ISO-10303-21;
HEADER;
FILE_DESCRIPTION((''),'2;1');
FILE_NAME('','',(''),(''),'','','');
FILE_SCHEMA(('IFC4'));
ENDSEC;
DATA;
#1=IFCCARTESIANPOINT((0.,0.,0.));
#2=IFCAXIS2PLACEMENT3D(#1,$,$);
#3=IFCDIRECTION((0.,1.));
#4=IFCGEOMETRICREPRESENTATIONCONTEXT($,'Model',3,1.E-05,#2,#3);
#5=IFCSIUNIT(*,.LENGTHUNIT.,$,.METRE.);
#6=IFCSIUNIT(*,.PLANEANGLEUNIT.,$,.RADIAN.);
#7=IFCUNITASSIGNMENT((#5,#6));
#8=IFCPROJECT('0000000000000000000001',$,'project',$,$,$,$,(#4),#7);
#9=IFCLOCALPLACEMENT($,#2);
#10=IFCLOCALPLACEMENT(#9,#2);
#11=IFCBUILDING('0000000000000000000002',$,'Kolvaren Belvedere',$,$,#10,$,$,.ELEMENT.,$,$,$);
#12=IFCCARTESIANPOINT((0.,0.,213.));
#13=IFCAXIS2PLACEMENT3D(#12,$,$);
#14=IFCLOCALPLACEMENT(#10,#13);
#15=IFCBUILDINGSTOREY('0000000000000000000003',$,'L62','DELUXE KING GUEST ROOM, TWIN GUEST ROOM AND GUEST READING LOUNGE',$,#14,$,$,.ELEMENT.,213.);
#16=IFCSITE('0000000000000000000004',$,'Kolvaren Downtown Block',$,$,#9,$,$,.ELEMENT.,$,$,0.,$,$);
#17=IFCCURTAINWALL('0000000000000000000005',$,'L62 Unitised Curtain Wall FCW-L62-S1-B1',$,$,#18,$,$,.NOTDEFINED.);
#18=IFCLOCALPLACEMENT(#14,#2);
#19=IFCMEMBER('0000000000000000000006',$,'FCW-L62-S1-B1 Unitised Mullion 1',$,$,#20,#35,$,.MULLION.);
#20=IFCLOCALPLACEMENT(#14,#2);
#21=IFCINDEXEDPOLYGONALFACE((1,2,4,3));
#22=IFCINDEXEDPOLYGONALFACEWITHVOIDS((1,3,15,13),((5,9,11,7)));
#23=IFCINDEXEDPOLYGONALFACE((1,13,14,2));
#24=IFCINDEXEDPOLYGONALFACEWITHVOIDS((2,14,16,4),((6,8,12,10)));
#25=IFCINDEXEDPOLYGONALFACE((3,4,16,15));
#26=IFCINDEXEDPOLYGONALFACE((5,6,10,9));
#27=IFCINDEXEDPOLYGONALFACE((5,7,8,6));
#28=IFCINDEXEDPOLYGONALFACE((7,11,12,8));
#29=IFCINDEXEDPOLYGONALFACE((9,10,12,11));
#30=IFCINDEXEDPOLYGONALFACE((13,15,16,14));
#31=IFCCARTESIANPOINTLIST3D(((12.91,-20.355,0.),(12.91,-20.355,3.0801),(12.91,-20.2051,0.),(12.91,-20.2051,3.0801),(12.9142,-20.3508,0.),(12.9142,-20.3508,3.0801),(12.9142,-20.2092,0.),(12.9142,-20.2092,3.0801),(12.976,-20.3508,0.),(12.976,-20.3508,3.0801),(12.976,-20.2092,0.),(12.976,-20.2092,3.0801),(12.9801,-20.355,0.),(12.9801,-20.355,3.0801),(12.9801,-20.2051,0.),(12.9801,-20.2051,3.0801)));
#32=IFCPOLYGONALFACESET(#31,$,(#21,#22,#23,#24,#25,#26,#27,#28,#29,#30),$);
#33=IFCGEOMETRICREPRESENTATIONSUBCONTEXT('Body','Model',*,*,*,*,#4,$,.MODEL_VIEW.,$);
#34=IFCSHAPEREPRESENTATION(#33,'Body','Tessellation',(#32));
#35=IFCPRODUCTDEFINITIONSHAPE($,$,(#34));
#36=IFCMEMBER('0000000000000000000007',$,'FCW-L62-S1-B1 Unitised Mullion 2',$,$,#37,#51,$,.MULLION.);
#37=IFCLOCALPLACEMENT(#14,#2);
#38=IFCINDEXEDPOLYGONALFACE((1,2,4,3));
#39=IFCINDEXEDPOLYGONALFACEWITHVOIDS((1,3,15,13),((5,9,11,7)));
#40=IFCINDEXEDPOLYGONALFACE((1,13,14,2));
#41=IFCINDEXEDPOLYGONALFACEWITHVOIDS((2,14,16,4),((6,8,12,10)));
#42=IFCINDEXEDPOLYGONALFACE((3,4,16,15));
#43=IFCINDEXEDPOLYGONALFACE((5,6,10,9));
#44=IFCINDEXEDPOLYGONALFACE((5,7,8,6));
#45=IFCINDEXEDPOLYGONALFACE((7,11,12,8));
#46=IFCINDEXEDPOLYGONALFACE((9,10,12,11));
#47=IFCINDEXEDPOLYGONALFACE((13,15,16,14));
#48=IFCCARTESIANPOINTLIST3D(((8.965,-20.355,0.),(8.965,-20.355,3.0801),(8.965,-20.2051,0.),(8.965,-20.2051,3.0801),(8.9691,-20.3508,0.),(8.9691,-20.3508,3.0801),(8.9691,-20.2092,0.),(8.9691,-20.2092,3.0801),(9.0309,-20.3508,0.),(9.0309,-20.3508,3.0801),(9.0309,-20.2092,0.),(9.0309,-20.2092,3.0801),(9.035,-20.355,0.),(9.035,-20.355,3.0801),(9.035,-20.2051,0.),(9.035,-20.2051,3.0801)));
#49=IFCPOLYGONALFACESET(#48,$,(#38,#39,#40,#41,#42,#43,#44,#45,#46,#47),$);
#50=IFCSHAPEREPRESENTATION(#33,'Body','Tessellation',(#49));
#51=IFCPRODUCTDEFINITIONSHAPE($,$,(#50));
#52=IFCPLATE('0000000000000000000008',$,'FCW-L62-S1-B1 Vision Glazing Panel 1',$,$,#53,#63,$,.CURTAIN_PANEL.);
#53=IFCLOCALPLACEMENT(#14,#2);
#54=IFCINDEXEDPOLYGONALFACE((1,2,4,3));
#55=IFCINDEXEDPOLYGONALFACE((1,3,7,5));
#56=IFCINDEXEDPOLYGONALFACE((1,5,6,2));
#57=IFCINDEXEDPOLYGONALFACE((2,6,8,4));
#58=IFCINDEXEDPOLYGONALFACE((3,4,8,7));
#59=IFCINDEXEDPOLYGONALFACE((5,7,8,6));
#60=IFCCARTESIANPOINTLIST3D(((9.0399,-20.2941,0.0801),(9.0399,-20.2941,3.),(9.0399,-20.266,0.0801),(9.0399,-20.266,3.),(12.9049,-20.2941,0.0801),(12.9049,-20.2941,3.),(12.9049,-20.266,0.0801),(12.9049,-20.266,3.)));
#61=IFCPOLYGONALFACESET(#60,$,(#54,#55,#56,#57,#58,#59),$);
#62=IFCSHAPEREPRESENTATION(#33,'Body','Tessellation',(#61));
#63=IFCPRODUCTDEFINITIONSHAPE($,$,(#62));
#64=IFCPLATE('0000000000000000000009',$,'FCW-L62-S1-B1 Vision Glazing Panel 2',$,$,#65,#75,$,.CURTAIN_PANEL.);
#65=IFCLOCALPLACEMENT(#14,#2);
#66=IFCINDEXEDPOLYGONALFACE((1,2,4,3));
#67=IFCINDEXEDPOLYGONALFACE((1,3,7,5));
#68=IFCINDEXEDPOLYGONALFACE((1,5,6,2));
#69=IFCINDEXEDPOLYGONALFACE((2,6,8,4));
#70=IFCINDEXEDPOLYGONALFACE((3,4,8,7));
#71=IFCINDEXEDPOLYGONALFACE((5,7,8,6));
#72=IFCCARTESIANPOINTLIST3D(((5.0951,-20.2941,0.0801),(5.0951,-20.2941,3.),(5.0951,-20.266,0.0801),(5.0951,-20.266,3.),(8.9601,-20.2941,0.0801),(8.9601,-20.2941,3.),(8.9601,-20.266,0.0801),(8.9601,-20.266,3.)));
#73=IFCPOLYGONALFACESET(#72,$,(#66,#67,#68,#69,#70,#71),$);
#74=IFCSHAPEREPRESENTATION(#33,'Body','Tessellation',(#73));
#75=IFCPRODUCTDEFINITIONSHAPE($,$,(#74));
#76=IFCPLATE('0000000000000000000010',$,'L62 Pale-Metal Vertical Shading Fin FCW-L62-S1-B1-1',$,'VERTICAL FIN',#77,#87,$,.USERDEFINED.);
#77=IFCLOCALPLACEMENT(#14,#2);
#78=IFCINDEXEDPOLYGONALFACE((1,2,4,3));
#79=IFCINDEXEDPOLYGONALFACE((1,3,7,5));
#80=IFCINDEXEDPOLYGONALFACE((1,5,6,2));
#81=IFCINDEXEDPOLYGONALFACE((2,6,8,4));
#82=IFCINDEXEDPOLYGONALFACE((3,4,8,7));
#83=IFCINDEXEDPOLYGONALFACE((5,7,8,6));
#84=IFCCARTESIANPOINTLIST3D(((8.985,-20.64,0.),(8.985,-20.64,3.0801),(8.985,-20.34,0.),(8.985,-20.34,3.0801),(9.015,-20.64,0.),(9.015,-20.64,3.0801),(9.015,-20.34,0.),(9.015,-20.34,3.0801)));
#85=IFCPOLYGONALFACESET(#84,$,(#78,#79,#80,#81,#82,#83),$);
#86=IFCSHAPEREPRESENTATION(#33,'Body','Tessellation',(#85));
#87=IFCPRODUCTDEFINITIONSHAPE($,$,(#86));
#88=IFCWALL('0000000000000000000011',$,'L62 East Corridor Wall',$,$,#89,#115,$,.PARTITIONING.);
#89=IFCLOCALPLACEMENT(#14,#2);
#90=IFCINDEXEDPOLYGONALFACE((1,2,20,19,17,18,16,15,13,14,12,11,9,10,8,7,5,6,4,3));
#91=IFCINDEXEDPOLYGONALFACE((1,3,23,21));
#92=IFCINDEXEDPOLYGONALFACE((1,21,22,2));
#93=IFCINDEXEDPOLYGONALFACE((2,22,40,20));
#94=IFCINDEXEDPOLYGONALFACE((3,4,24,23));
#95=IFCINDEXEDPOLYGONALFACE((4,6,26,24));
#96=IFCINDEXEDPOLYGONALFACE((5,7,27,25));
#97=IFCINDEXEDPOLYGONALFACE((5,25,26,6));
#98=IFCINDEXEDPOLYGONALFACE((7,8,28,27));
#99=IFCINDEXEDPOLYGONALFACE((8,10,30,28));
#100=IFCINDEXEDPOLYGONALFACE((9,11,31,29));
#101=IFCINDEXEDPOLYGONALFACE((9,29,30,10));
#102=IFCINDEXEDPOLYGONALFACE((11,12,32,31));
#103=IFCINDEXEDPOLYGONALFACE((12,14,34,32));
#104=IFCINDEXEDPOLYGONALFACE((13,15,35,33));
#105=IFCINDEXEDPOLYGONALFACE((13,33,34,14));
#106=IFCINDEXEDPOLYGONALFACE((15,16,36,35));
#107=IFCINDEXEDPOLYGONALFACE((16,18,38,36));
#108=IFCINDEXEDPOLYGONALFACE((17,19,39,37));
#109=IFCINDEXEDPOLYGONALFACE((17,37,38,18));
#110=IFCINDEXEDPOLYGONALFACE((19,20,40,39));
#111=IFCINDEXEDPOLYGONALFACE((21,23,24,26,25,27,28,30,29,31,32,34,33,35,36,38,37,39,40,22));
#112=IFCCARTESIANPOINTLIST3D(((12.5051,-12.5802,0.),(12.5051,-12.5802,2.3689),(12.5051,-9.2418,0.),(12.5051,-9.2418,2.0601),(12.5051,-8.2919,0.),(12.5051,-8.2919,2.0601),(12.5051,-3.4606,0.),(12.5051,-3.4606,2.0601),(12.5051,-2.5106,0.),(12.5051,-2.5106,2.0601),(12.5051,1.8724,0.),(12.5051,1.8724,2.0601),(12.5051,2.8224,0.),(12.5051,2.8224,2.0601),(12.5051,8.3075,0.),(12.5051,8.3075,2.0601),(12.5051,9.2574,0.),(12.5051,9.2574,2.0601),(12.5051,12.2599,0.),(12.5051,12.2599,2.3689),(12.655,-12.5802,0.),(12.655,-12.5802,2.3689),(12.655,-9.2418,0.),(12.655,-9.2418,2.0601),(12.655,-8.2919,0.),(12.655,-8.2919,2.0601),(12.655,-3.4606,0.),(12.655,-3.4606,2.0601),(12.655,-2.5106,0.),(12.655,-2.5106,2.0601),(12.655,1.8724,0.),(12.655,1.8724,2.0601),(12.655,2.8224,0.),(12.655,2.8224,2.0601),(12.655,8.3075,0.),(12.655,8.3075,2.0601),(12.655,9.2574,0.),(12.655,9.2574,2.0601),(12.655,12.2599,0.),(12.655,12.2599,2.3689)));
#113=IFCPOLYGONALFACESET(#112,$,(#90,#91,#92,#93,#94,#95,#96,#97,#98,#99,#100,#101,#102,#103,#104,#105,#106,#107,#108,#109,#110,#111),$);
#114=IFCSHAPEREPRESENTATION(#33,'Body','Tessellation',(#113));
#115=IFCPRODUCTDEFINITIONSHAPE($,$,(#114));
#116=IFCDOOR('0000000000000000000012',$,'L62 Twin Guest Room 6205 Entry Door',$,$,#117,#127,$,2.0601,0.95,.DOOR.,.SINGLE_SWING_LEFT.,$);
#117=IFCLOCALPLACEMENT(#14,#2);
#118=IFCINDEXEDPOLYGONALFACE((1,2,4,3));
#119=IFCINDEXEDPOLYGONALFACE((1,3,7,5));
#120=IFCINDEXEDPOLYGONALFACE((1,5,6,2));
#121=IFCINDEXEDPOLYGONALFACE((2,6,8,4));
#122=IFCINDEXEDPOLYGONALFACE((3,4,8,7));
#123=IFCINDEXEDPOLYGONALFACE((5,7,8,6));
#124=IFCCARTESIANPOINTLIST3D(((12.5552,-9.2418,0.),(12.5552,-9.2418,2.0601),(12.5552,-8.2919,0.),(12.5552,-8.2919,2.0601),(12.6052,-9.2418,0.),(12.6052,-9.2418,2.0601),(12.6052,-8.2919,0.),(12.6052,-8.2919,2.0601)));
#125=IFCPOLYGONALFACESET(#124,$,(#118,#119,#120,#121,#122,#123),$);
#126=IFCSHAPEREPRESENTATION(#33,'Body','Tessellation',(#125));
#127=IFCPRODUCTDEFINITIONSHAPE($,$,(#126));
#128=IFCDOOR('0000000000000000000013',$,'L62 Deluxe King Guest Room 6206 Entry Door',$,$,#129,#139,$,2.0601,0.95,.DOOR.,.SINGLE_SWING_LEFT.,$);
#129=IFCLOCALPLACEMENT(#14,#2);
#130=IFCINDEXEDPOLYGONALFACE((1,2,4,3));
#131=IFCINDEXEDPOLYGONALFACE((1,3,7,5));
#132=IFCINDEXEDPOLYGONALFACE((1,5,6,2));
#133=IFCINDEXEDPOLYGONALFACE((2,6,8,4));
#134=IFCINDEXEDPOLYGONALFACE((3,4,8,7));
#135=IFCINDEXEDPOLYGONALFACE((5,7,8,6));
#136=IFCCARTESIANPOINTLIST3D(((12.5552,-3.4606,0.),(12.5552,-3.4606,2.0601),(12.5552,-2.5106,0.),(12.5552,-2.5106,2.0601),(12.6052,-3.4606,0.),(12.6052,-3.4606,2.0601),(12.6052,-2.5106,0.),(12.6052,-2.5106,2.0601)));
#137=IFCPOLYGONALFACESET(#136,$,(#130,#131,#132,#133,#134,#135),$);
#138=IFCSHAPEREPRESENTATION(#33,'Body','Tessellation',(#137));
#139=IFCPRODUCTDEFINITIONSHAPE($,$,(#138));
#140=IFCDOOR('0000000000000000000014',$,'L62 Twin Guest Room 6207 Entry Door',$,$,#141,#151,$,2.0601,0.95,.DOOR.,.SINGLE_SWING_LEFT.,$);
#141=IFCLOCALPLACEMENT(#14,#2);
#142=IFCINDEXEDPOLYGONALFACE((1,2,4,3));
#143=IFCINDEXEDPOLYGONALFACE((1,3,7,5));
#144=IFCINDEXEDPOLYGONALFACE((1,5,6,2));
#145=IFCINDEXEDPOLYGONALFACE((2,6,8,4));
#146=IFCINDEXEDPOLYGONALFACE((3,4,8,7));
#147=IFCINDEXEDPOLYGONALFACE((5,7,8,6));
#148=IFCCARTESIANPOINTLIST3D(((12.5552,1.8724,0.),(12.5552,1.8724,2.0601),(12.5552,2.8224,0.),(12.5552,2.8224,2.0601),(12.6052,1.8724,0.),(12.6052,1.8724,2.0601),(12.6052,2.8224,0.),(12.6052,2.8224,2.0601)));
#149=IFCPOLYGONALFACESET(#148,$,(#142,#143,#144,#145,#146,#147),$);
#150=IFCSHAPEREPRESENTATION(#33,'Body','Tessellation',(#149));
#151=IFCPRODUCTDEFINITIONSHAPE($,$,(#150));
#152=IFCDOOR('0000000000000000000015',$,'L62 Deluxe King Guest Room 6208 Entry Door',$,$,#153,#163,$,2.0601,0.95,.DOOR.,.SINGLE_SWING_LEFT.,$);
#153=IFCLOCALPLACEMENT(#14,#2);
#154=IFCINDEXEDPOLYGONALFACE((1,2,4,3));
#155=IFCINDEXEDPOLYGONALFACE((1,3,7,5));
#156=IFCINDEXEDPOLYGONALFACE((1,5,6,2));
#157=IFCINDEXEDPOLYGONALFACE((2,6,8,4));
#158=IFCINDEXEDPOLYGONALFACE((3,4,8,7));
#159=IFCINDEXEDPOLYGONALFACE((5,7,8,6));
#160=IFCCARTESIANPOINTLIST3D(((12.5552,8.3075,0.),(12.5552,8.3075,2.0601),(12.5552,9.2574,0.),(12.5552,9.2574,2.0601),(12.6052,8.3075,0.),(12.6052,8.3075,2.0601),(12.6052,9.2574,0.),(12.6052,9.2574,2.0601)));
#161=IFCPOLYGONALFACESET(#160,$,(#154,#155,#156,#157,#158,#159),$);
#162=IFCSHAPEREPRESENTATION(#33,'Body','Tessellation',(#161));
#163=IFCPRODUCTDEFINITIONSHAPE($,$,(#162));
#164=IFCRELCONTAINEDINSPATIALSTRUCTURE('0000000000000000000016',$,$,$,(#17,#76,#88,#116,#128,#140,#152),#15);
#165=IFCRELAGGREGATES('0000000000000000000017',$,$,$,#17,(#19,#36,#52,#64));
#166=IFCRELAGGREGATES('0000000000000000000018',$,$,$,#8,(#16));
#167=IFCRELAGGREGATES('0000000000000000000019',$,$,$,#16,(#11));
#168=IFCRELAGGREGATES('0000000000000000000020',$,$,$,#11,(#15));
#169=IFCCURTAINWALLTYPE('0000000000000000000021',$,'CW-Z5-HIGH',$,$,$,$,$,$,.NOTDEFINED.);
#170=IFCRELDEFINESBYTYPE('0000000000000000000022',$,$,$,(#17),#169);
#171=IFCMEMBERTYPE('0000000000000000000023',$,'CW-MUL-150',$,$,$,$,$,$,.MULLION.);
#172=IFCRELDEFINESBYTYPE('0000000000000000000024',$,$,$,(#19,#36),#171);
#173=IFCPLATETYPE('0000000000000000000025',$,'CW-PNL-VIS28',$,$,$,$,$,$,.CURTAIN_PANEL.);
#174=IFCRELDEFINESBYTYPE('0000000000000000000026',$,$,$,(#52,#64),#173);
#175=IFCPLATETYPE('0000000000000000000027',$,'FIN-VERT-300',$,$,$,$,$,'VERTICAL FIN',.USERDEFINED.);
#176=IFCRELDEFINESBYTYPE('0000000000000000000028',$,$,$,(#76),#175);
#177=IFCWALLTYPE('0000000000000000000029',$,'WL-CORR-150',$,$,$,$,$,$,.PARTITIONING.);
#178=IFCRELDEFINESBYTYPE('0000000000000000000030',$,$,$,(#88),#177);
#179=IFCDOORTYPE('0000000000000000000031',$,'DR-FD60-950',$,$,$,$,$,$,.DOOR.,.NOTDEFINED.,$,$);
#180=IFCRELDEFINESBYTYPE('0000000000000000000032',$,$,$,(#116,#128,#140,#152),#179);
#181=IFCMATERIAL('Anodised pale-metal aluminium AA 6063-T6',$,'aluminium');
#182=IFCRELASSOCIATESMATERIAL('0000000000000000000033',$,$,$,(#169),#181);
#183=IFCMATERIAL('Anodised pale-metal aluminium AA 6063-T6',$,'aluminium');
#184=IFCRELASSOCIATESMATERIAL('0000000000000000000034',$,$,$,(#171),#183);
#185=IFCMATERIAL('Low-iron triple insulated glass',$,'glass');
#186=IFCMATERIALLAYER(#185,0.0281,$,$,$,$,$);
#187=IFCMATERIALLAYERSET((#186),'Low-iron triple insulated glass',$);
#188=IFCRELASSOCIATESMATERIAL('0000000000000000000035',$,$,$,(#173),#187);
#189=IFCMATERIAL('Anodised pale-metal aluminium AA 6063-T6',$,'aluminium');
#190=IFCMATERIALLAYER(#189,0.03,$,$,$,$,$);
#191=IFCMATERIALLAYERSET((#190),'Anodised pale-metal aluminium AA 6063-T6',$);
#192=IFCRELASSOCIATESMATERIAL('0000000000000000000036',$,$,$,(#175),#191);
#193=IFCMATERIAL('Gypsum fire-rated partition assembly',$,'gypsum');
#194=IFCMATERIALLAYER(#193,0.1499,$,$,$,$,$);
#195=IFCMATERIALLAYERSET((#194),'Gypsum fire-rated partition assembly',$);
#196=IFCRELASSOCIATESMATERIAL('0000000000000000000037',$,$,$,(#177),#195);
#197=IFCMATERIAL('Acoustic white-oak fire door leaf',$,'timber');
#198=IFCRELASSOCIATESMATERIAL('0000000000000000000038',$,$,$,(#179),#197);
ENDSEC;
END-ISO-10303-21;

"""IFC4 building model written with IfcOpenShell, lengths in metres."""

from ifc_helpers import new_model, si_unit, direction, frame, frame_2d, origin, origin_2d, place, context, subcontext, project, spatial, rectangle, hollow_rectangle, extrude, material, layer, layer_set, material_profile, profile_set, type_object, element, fill, aggregate, save


model = new_model("IFC4")

# Units and contexts
model_context = context("Model", 3, precision=1e-05, world=origin(), true_north=direction((0.0, 1.0)))
body_context = subcontext(model_context, "Body", "Model", "MODEL_VIEW")
ifc_project = project(units=[si_unit("LENGTHUNIT", "METRE"), si_unit("PLANEANGLEUNIT", "RADIAN")], contexts=[model_context])

# Site, building, storey
site_placement = place(None, origin())
site = spatial("IfcSite", under=ifc_project, at=site_placement, Name="Kolvaren Downtown Block", CompositionType="ELEMENT", RefElevation=0.0)
building_placement = place(site_placement, origin())
building = spatial("IfcBuilding", under=site, at=building_placement, Name="Kolvaren Belvedere", CompositionType="ELEMENT")
storey_placement = place(building_placement, frame((0.0, 0.0, 213.0)))
storey = spatial("IfcBuildingStorey", under=building, at=storey_placement, Name="L62", Description="DELUXE KING GUEST ROOM, TWIN GUEST ROOM AND GUEST READING LOUNGE", CompositionType="ELEMENT", Elevation=213.0)

# Curtain wall, members, plates
ifc_material_1 = material(Name="Anodised pale-metal aluminium AA 6063-T6", Category="aluminium")
curtain_wall_type = type_object("IfcCurtainWallType", Name="CW-Z5-HIGH", PredefinedType="NOTDEFINED", material=ifc_material_1)
curtain_wall_placement = place(storey_placement, origin())
curtain_wall = element("IfcCurtainWall", 1, at=curtain_wall_placement, inside=storey, type_object=curtain_wall_type, Name="L62 Unitised Curtain Wall FCW-L62-S1-B1", PredefinedType="NOTDEFINED")
ifc_material_2 = material(Name="Anodised pale-metal aluminium AA 6063-T6", Category="aluminium")
ifc_material_profile = material_profile(ifc_material_2, hollow_rectangle(XDim=0.0701, YDim=0.1499, WallThickness=0.0042, at=origin_2d()), Name="ALU-MUL-150X70")
ifc_profile_set = profile_set([ifc_material_profile], Name="Anodised pale-metal aluminium AA 6063-T6")
member_type = type_object("IfcMemberType", Name="CW-MUL-150", PredefinedType="MULLION", material=ifc_profile_set)
member_1_placement = place(storey_placement, frame((12.9451, -20.28, 0.0), z_axis=(0.0, 0.0, 1.0), x_axis=(1.0, 0.0, 0.0)))
member_1 = element("IfcMember", 2, at=member_1_placement, type_object=member_type, Name="FCW-L62-S1-B1 Unitised Mullion 1", PredefinedType="MULLION", context=body_context, shape_type="SweptSolid", body=[
    extrude(hollow_rectangle(XDim=0.0701, YDim=0.1499, WallThickness=0.0042, at=origin_2d()), origin(), (0.0, 0.0, 1.0), 3.0801),
])
member_2_placement = place(storey_placement, frame((9.0, -20.28, 0.0), z_axis=(0.0, 0.0, 1.0), x_axis=(1.0, 0.0, 0.0)))
member_2 = element("IfcMember", 3, at=member_2_placement, type_object=member_type, Name="FCW-L62-S1-B1 Unitised Mullion 2", PredefinedType="MULLION", context=body_context, shape_type="SweptSolid", body=[
    extrude(hollow_rectangle(XDim=0.0701, YDim=0.1499, WallThickness=0.0042, at=origin_2d()), origin(), (0.0, 0.0, 1.0), 3.0801),
])
ifc_material_3 = material(Name="Low-iron triple insulated glass", Category="glass")
ifc_layer_1 = layer(ifc_material_3, 0.0281)
ifc_layer_set_1 = layer_set([ifc_layer_1], Name="Low-iron triple insulated glass")
plate_type_1 = type_object("IfcPlateType", Name="CW-PNL-VIS28", PredefinedType="CURTAIN_PANEL", material=ifc_layer_set_1)
plate_1_placement = place(storey_placement, frame((10.9724, -20.28, 0.0801), z_axis=(0.0, 0.0, 1.0), x_axis=(-1.0, 0.0, 0.0)))
plate_1 = element("IfcPlate", 4, at=plate_1_placement, type_object=plate_type_1, Name="FCW-L62-S1-B1 Vision Glazing Panel 1", PredefinedType="CURTAIN_PANEL", context=body_context, shape_type="SweptSolid", body=[
    extrude(rectangle(XDim=3.865, YDim=0.0281, at=origin_2d()), origin(), (0.0, 0.0, 1.0), 2.9199),
])
plate_2_placement = place(storey_placement, frame((7.0276, -20.28, 0.0801), z_axis=(0.0, 0.0, 1.0), x_axis=(-1.0, 0.0, 0.0)))
plate_2 = element("IfcPlate", 5, at=plate_2_placement, type_object=plate_type_1, Name="FCW-L62-S1-B1 Vision Glazing Panel 2", PredefinedType="CURTAIN_PANEL", context=body_context, shape_type="SweptSolid", body=[
    extrude(rectangle(XDim=3.865, YDim=0.0281, at=origin_2d()), origin(), (0.0, 0.0, 1.0), 2.9199),
])
aggregate(curtain_wall, [member_1, member_2, plate_1, plate_2])

# Plate
ifc_material_4 = material(Name="Anodised pale-metal aluminium AA 6063-T6", Category="aluminium")
ifc_layer_2 = layer(ifc_material_4, 0.03)
ifc_layer_set_2 = layer_set([ifc_layer_2], Name="Anodised pale-metal aluminium AA 6063-T6")
plate_type_2 = type_object("IfcPlateType", Name="FIN-VERT-300", ElementType="VERTICAL FIN", PredefinedType="USERDEFINED", material=ifc_layer_set_2)
plate_3_placement = place(storey_placement, frame((9.0, -20.49, 0.0), z_axis=(0.0, 0.0, 1.0), x_axis=(0.0, 1.0, 0.0)))
element("IfcPlate", 6, at=plate_3_placement, inside=storey, type_object=plate_type_2, Name="L62 Pale-Metal Vertical Shading Fin FCW-L62-S1-B1-1", ObjectType="VERTICAL FIN", PredefinedType="USERDEFINED", context=body_context, shape_type="SweptSolid", body=[
    extrude(rectangle(XDim=0.3, YDim=0.03, at=origin_2d()), origin(), (0.0, 0.0, 1.0), 3.0801),
])

# Wall, openings, doors
ifc_material_5 = material(Name="Gypsum fire-rated partition assembly", Category="gypsum")
ifc_layer_3 = layer(ifc_material_5, 0.1499)
ifc_layer_set_3 = layer_set([ifc_layer_3], Name="Gypsum fire-rated partition assembly")
wall_type_1 = type_object("IfcWallType", Name="WL-CORR-150", PredefinedType="PARTITIONING", material=ifc_layer_set_3)
wall_1_placement = place(storey_placement, frame((12.5801, -12.5801, 0.0), z_axis=(0.0, 0.0, 1.0), x_axis=(0.0, 1.0, 0.0)))
wall_1 = element("IfcWall", 7, at=wall_1_placement, inside=storey, type_object=wall_type_1, Name="L62 East Corridor Wall", PredefinedType="PARTITIONING", context=body_context, shape_type="SweptSolid", body=[
    extrude(rectangle(XDim=24.8401, YDim=0.1499, at=frame_2d((12.4199, 0.0))), origin(), (0.0, 0.0, 1.0), 2.3689),
])
opening_1_placement = place(wall_1_placement, frame((3.3381, 0.0, 0.0)))
opening_1 = element("IfcOpeningElement", 8, at=opening_1_placement, cuts=wall_1, PredefinedType="OPENING", context=body_context, shape_type="SweptSolid", body=[
    extrude(rectangle(XDim=0.95, YDim=2.0601, at=frame_2d((0.4751, 1.03))), frame((0.0, 0.085, 0.0), z_axis=(0.0, -1.0, 0.0), x_axis=(1.0, 0.0, 0.0)), (0.0, 0.0, 1.0), 0.1699),
])
opening_2_placement = place(wall_1_placement, frame((9.1194, 0.0, 0.0)))
opening_2 = element("IfcOpeningElement", 9, at=opening_2_placement, cuts=wall_1, PredefinedType="OPENING", context=body_context, shape_type="SweptSolid", body=[
    extrude(rectangle(XDim=0.95, YDim=2.0601, at=frame_2d((0.4751, 1.03))), frame((0.0, 0.085, 0.0), z_axis=(0.0, -1.0, 0.0), x_axis=(1.0, 0.0, 0.0)), (0.0, 0.0, 1.0), 0.1699),
])
opening_3_placement = place(wall_1_placement, frame((14.4524, 0.0, 0.0)))
opening_3 = element("IfcOpeningElement", 10, at=opening_3_placement, cuts=wall_1, PredefinedType="OPENING", context=body_context, shape_type="SweptSolid", body=[
    extrude(rectangle(XDim=0.95, YDim=2.0601, at=frame_2d((0.4751, 1.03))), frame((0.0, 0.085, 0.0), z_axis=(0.0, -1.0, 0.0), x_axis=(1.0, 0.0, 0.0)), (0.0, 0.0, 1.0), 0.1699),
])
opening_4_placement = place(wall_1_placement, frame((20.8875, 0.0, 0.0)))
opening_4 = element("IfcOpeningElement", 11, at=opening_4_placement, cuts=wall_1, PredefinedType="OPENING", context=body_context, shape_type="SweptSolid", body=[
    extrude(rectangle(XDim=0.95, YDim=2.0601, at=frame_2d((0.4751, 1.03))), frame((0.0, 0.085, 0.0), z_axis=(0.0, -1.0, 0.0), x_axis=(1.0, 0.0, 0.0)), (0.0, 0.0, 1.0), 0.1699),
])
ifc_material_6 = material(Name="Acoustic white-oak fire door leaf", Category="timber")
door_type_1 = type_object("IfcDoorType", Name="DR-FD60-950", OperationType="NOTDEFINED", PredefinedType="DOOR", material=ifc_material_6)
door_1_placement = place(opening_1_placement, origin())
door_1 = element("IfcDoor", 12, at=door_1_placement, inside=storey, type_object=door_type_1, Name="L62 Twin Guest Room 6205 Entry Door", OperationType="SINGLE_SWING_LEFT", OverallHeight=2.0601, OverallWidth=0.95, PredefinedType="DOOR", context=body_context, shape_type="SweptSolid", body=[
    extrude(rectangle(XDim=0.95, YDim=2.0601, at=frame_2d((0.4751, 1.03))), frame((0.0, 0.0249, 0.0), z_axis=(0.0, -1.0, 0.0), x_axis=(1.0, 0.0, 0.0)), (0.0, 0.0, 1.0), 0.05),
])
fill(opening_1, door_1)
door_2_placement = place(opening_2_placement, origin())
door_2 = element("IfcDoor", 13, at=door_2_placement, inside=storey, type_object=door_type_1, Name="L62 Deluxe King Guest Room 6206 Entry Door", OperationType="SINGLE_SWING_LEFT", OverallHeight=2.0601, OverallWidth=0.95, PredefinedType="DOOR", context=body_context, shape_type="SweptSolid", body=[
    extrude(rectangle(XDim=0.95, YDim=2.0601, at=frame_2d((0.4751, 1.03))), frame((0.0, 0.0249, 0.0), z_axis=(0.0, -1.0, 0.0), x_axis=(1.0, 0.0, 0.0)), (0.0, 0.0, 1.0), 0.05),
])
fill(opening_2, door_2)
door_3_placement = place(opening_3_placement, origin())
door_3 = element("IfcDoor", 14, at=door_3_placement, inside=storey, type_object=door_type_1, Name="L62 Twin Guest Room 6207 Entry Door", OperationType="SINGLE_SWING_LEFT", OverallHeight=2.0601, OverallWidth=0.95, PredefinedType="DOOR", context=body_context, shape_type="SweptSolid", body=[
    extrude(rectangle(XDim=0.95, YDim=2.0601, at=frame_2d((0.4751, 1.03))), frame((0.0, 0.0249, 0.0), z_axis=(0.0, -1.0, 0.0), x_axis=(1.0, 0.0, 0.0)), (0.0, 0.0, 1.0), 0.05),
])
fill(opening_3, door_3)
door_4_placement = place(opening_4_placement, origin())
door_4 = element("IfcDoor", 15, at=door_4_placement, inside=storey, type_object=door_type_1, Name="L62 Deluxe King Guest Room 6208 Entry Door", OperationType="SINGLE_SWING_LEFT", OverallHeight=2.0601, OverallWidth=0.95, PredefinedType="DOOR", context=body_context, shape_type="SweptSolid", body=[
    extrude(rectangle(XDim=0.95, YDim=2.0601, at=frame_2d((0.4751, 1.03))), frame((0.0, 0.0249, 0.0), z_axis=(0.0, -1.0, 0.0), x_axis=(1.0, 0.0, 0.0)), (0.0, 0.0, 1.0), 0.05),
])
fill(opening_4, door_4)

save(model, "model.ifc")
